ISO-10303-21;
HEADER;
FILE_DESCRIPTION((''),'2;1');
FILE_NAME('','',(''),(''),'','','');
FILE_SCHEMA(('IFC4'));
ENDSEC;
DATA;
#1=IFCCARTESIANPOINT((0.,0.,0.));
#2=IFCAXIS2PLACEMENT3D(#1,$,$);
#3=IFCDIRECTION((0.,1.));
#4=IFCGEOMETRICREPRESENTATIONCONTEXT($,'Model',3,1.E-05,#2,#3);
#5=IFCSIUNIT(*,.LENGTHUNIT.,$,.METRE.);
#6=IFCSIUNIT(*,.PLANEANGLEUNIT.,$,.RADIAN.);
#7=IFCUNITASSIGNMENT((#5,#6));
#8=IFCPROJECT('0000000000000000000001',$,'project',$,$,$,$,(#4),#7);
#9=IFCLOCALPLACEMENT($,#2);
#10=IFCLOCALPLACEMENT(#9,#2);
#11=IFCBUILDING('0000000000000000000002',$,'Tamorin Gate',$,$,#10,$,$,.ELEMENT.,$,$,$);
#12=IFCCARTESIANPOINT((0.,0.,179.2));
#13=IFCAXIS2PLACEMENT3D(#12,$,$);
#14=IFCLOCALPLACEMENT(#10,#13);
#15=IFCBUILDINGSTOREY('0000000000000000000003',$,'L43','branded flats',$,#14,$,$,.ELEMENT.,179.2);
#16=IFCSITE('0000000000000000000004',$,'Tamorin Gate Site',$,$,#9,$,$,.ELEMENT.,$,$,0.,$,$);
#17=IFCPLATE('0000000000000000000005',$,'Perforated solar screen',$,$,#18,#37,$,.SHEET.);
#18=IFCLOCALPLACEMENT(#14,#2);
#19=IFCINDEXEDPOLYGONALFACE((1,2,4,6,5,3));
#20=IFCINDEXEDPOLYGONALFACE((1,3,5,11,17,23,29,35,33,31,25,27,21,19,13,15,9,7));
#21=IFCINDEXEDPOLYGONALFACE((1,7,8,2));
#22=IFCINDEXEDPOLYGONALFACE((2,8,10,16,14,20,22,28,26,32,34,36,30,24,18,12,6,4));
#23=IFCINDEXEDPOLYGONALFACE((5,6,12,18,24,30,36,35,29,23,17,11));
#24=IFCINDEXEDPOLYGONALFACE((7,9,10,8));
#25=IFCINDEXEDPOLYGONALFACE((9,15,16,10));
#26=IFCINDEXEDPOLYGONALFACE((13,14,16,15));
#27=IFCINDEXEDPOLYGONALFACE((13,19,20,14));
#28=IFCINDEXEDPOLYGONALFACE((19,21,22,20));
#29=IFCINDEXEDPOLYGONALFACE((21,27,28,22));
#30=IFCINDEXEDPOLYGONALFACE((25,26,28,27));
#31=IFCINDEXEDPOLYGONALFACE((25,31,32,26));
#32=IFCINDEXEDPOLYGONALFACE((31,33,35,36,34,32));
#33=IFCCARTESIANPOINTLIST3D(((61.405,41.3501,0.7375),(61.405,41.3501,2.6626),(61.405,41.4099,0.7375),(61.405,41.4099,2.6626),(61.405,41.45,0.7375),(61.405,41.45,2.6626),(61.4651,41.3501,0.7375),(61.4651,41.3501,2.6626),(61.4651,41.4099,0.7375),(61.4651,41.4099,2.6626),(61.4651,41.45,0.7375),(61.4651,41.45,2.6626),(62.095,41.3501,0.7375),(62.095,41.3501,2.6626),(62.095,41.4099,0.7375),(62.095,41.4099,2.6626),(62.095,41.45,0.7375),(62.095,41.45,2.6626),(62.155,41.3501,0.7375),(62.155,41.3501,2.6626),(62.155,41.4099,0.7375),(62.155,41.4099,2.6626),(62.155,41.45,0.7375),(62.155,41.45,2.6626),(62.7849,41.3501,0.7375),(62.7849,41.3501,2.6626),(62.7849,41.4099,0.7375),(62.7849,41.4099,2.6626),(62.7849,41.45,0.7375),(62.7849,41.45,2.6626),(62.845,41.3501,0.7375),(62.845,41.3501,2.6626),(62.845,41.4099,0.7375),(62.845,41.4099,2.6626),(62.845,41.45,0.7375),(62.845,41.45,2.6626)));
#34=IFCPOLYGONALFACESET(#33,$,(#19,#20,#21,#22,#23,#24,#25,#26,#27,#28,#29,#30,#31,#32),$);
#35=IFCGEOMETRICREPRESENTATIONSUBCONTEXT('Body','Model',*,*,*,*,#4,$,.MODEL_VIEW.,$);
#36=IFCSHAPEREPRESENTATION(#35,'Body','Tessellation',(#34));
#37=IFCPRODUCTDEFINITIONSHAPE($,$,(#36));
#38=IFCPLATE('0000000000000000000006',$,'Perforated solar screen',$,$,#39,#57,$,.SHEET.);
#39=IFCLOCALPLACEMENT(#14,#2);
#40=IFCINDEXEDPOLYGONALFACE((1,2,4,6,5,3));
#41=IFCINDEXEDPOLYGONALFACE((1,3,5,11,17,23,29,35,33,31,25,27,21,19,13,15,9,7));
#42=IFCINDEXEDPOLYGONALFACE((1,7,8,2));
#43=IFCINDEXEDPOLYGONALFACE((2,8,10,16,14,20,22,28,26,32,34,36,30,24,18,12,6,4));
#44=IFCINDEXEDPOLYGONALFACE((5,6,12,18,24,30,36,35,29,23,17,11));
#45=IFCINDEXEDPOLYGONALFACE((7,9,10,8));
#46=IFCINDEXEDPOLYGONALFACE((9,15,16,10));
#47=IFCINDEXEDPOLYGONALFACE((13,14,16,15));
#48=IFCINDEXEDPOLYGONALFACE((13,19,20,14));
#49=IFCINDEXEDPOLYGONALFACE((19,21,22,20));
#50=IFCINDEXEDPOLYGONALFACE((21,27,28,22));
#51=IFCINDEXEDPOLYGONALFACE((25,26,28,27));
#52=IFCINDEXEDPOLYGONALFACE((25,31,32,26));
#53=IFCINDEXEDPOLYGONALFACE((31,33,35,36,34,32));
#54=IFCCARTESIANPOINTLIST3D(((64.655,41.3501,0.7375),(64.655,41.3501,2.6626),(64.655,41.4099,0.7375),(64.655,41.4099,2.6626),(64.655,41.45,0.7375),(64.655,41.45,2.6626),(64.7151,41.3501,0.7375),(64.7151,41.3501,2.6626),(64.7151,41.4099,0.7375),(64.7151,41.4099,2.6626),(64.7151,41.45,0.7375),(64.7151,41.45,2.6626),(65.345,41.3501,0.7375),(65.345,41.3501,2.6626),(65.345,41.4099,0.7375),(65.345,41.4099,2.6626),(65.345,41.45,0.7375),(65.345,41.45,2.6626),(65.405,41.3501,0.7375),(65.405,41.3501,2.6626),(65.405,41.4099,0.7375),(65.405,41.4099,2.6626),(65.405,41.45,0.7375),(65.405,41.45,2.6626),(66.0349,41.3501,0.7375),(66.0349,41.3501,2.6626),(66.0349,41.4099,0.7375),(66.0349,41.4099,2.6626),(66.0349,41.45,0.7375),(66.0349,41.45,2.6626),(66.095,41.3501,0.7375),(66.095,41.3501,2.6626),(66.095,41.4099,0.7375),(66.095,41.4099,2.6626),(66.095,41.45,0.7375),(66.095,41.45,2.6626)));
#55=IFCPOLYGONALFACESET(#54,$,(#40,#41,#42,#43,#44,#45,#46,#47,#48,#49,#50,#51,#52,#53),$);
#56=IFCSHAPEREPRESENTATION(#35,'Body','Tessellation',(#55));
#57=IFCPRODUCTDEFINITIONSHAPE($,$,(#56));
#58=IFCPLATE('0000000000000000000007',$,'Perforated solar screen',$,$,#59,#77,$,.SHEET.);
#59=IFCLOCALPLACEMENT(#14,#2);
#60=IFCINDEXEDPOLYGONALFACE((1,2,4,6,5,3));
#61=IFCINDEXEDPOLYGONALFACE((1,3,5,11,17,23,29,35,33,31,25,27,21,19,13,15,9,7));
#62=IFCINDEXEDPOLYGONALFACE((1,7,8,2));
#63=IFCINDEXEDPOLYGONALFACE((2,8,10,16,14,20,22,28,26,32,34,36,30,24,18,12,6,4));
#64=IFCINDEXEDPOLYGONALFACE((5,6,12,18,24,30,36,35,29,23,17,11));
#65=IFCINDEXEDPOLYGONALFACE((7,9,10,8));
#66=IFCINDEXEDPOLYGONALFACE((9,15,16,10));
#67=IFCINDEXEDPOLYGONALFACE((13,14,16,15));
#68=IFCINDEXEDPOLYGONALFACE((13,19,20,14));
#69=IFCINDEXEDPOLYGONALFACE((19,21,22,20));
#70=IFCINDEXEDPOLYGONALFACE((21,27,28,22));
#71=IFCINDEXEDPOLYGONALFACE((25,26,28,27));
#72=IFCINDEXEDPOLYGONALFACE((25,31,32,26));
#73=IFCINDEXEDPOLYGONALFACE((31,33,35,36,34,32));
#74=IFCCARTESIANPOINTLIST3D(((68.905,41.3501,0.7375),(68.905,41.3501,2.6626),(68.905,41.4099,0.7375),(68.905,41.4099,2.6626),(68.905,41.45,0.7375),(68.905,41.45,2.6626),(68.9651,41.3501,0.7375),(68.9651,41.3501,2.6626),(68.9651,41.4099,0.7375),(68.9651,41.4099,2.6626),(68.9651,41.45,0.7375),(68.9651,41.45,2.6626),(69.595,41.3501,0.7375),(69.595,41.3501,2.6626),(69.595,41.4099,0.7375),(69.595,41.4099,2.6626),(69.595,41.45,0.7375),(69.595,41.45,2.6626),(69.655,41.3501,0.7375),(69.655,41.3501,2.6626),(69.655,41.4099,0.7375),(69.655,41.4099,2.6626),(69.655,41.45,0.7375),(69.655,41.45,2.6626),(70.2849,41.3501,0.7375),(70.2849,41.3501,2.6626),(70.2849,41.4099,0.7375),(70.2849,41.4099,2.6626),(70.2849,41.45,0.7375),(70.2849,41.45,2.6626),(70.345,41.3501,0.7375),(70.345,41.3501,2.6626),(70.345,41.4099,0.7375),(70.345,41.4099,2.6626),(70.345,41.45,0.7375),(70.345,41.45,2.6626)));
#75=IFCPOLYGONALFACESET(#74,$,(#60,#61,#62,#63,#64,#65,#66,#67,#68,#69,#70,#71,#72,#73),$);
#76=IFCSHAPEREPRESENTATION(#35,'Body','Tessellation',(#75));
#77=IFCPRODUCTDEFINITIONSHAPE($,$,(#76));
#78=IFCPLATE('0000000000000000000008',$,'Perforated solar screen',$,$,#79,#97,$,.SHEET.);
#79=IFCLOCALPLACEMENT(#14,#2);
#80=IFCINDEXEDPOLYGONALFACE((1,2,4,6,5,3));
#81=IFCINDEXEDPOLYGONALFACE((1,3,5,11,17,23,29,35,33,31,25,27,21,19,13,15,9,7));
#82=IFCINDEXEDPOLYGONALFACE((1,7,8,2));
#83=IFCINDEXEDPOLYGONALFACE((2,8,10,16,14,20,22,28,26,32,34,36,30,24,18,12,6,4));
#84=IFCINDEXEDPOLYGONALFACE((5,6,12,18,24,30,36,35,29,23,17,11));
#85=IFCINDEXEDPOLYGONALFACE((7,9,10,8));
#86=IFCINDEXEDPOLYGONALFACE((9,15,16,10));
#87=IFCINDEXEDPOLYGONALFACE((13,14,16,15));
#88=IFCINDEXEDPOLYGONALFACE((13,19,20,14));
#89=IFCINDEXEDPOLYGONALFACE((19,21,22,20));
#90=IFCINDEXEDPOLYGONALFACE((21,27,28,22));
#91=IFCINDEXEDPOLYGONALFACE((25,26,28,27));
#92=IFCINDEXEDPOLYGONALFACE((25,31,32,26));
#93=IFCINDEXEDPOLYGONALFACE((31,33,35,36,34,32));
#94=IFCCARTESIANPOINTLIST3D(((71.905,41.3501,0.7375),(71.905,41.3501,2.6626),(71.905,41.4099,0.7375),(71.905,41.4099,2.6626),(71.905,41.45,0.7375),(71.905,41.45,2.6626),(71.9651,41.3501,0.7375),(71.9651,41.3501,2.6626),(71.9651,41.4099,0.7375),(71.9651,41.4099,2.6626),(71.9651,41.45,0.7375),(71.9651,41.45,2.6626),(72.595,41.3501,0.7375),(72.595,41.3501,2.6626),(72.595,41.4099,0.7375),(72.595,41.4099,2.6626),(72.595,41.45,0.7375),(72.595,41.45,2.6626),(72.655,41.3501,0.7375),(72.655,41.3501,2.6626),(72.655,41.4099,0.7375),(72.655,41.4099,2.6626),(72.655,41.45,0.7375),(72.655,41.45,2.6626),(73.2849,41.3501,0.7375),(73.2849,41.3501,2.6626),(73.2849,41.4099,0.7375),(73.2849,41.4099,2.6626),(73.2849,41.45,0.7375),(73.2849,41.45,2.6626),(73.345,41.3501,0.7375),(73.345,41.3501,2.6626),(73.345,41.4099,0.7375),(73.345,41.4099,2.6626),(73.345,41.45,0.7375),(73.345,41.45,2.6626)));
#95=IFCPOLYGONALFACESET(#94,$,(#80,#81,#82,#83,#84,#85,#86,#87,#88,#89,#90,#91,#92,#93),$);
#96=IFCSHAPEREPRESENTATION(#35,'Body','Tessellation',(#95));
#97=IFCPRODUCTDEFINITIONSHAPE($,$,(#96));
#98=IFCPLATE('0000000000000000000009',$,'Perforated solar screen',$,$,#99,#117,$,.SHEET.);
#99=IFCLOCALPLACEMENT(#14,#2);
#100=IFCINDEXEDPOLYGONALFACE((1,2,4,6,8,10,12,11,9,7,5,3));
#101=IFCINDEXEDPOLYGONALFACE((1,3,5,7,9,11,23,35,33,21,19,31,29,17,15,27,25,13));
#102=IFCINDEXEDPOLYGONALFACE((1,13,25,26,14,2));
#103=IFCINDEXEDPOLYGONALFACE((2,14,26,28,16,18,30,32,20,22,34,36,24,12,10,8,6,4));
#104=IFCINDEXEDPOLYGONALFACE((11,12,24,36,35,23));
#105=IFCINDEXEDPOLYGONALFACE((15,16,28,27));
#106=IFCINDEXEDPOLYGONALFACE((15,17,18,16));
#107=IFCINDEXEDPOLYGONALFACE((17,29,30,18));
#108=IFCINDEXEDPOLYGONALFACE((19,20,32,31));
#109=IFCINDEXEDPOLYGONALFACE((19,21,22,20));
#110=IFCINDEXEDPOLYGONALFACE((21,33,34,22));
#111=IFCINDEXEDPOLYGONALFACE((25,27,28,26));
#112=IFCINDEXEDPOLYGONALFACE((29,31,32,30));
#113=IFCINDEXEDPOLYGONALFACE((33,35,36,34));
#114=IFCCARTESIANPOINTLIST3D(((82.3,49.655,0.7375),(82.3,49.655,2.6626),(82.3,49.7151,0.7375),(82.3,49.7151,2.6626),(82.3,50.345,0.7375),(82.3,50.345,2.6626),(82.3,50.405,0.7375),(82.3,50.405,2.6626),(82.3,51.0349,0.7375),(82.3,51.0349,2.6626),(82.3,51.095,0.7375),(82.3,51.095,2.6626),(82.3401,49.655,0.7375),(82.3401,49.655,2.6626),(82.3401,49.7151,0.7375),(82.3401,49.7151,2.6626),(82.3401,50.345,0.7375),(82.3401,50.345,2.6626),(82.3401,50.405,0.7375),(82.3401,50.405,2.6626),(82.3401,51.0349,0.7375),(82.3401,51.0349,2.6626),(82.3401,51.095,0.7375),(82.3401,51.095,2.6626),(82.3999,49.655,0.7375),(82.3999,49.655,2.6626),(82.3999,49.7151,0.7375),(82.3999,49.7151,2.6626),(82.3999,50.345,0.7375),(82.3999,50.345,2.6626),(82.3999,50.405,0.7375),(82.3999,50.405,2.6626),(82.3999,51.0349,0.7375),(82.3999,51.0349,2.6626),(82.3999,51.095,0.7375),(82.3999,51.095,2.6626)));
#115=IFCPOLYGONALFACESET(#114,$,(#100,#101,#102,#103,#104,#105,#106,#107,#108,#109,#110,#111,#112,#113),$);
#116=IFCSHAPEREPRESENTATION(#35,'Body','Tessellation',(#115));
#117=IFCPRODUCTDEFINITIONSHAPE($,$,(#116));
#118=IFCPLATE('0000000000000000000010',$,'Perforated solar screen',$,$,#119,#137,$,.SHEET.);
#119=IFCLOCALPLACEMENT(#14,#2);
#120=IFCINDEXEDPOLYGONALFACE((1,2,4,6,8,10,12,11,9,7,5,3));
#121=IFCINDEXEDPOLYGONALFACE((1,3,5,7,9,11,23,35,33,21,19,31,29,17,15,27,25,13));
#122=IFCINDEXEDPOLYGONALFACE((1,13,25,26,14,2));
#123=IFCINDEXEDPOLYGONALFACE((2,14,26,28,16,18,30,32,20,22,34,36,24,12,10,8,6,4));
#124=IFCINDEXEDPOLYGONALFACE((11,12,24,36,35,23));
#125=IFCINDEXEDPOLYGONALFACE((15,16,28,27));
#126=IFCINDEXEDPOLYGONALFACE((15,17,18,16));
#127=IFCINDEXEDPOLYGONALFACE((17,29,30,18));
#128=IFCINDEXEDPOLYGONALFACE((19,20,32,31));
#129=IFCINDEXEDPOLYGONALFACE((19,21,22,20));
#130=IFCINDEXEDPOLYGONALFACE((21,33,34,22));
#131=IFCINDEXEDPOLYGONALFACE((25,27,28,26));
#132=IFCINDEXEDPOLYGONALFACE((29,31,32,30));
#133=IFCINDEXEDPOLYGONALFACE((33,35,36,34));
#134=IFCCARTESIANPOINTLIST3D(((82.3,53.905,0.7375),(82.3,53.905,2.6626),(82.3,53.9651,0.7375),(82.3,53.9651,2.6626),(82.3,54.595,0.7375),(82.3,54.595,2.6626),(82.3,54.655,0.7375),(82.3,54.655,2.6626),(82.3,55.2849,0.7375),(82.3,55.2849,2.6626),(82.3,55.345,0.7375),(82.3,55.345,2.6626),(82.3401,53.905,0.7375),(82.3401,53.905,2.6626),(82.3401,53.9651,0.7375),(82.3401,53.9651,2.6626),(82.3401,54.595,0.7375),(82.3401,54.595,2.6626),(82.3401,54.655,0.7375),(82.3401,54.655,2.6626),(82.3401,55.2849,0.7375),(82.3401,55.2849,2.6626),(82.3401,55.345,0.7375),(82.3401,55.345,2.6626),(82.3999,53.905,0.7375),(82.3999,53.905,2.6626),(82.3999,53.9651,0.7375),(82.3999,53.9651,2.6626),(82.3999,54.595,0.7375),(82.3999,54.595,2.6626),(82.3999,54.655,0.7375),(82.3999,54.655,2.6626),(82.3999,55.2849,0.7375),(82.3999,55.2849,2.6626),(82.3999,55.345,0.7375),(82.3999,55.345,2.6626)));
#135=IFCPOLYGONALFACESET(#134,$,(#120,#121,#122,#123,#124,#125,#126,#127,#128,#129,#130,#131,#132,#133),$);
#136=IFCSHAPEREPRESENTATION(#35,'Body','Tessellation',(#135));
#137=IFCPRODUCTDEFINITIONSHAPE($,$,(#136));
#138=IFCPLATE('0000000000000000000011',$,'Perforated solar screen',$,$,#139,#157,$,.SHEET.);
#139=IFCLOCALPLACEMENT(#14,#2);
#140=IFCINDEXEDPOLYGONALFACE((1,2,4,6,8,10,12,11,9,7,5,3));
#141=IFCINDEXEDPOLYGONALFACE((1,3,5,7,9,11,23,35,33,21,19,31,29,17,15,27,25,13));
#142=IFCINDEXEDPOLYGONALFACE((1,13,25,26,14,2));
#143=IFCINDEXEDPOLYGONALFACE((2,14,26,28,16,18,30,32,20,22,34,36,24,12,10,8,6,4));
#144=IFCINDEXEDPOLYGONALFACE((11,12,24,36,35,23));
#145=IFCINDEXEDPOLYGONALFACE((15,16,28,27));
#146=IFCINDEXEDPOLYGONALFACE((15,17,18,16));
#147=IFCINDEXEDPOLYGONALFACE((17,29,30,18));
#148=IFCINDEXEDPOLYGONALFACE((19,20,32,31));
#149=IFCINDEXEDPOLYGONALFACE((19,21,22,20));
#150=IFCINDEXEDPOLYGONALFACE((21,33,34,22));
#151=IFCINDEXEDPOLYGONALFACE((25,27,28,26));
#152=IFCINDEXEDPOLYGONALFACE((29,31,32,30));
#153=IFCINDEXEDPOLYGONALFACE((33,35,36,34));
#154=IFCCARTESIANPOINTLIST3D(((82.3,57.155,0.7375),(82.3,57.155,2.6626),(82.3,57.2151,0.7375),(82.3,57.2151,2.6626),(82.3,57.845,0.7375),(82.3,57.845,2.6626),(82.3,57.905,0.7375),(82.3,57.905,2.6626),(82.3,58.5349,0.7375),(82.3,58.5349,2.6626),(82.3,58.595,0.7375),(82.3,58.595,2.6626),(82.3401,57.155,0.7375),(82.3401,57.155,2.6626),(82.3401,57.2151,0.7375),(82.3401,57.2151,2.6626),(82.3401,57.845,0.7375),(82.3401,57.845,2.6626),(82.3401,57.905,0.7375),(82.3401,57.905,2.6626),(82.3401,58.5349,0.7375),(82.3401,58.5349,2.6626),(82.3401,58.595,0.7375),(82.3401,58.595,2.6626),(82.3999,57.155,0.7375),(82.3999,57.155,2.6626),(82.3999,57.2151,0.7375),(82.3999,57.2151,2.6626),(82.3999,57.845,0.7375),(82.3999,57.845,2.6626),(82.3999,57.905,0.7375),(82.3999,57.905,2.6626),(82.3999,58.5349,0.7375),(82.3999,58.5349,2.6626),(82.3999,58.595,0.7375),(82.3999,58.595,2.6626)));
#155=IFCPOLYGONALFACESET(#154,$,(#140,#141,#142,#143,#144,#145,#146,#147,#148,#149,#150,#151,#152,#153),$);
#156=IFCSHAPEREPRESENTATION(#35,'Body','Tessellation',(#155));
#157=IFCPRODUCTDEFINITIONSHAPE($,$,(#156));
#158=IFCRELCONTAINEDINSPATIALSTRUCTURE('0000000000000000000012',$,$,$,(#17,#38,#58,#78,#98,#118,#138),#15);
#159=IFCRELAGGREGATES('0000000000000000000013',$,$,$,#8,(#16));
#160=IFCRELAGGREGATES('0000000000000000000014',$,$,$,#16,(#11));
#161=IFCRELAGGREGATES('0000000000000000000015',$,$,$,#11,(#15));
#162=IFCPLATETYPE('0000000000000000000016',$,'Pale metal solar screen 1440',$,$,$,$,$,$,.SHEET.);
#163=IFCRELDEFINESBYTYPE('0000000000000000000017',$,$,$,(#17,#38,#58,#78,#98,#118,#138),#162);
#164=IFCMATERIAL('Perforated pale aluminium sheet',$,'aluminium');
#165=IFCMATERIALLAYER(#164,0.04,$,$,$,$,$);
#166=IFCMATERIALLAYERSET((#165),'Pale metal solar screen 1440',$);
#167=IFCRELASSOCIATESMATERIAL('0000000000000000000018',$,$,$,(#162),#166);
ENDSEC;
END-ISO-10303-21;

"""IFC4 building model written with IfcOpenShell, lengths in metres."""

from ifc_helpers import new_model, si_unit, direction, frame, origin, place, context, subcontext, project, spatial, polyline, outline, extrude, material, layer, layer_set, type_object, element, save


model = new_model("IFC4")

# Units and contexts
model_context = context("Model", 3, precision=1e-05, world=origin(), true_north=direction((0.0, 1.0)))
body_context = subcontext(model_context, "Body", "Model", "MODEL_VIEW")
ifc_project = project(units=[si_unit("LENGTHUNIT", "METRE"), si_unit("PLANEANGLEUNIT", "RADIAN")], contexts=[model_context])

# Site, building, storey
site_placement = place(None, origin())
site = spatial("IfcSite", under=ifc_project, at=site_placement, Name="Tamorin Gate Site", CompositionType="ELEMENT", RefElevation=0.0)
building_placement = place(site_placement, origin())
building = spatial("IfcBuilding", under=site, at=building_placement, Name="Tamorin Gate", CompositionType="ELEMENT")
storey_placement = place(building_placement, frame((0.0, 0.0, 179.2)))
storey = spatial("IfcBuildingStorey", under=building, at=storey_placement, Name="L43", Description="branded flats", CompositionType="ELEMENT", Elevation=179.2)

# Plates
ifc_material_1 = material(Name="Perforated pale aluminium sheet", Category="aluminium")
ifc_layer_1 = layer(ifc_material_1, 0.04)
ifc_layer_set_1 = layer_set([ifc_layer_1], Name="Pale metal solar screen 1440")
plate_type_1 = type_object("IfcPlateType", Name="Pale metal solar screen 1440", PredefinedType="SHEET", material=ifc_layer_set_1)
plate_1_placement = place(storey_placement, frame((0.0, 0.0, 0.7375)))
element("IfcPlate", 1, at=plate_1_placement, inside=storey, type_object=plate_type_1, Name="Perforated solar screen", PredefinedType="SHEET", context=body_context, shape_type="SweptSolid", body=[
    extrude(outline(polyline([(61.405, 41.4099), (61.405, 41.45), (61.4651, 41.45), (62.095, 41.45), (62.155, 41.45), (62.7849, 41.45), (62.845, 41.45), (62.845, 41.4099), (62.845, 41.3501), (62.7849, 41.3501), (62.7849, 41.4099), (62.155, 41.4099), (62.155, 41.3501), (62.095, 41.3501), (62.095, 41.4099), (61.4651, 41.4099), (61.4651, 41.3501), (61.405, 41.3501), (61.405, 41.4099)])), origin(), (0.0, 0.0, 1.0), 1.925),
])
plate_2_placement = place(storey_placement, frame((0.0, 0.0, 0.7375)))
element("IfcPlate", 2, at=plate_2_placement, inside=storey, type_object=plate_type_1, Name="Perforated solar screen", PredefinedType="SHEET", context=body_context, shape_type="SweptSolid", body=[
    extrude(outline(polyline([(64.655, 41.4099), (64.655, 41.45), (64.7151, 41.45), (65.345, 41.45), (65.405, 41.45), (66.0349, 41.45), (66.095, 41.45), (66.095, 41.4099), (66.095, 41.3501), (66.0349, 41.3501), (66.0349, 41.4099), (65.405, 41.4099), (65.405, 41.3501), (65.345, 41.3501), (65.345, 41.4099), (64.7151, 41.4099), (64.7151, 41.3501), (64.655, 41.3501), (64.655, 41.4099)])), origin(), (0.0, 0.0, 1.0), 1.925),
])
plate_3_placement = place(storey_placement, frame((0.0, 0.0, 0.7375)))
element("IfcPlate", 3, at=plate_3_placement, inside=storey, type_object=plate_type_1, Name="Perforated solar screen", PredefinedType="SHEET", context=body_context, shape_type="SweptSolid", body=[
    extrude(outline(polyline([(68.905, 41.4099), (68.905, 41.45), (68.9651, 41.45), (69.595, 41.45), (69.655, 41.45), (70.2849, 41.45), (70.345, 41.45), (70.345, 41.4099), (70.345, 41.3501), (70.2849, 41.3501), (70.2849, 41.4099), (69.655, 41.4099), (69.655, 41.3501), (69.595, 41.3501), (69.595, 41.4099), (68.9651, 41.4099), (68.9651, 41.3501), (68.905, 41.3501), (68.905, 41.4099)])), origin(), (0.0, 0.0, 1.0), 1.925),
])
plate_4_placement = place(storey_placement, frame((0.0, 0.0, 0.7375)))
element("IfcPlate", 4, at=plate_4_placement, inside=storey, type_object=plate_type_1, Name="Perforated solar screen", PredefinedType="SHEET", context=body_context, shape_type="SweptSolid", body=[
    extrude(outline(polyline([(71.905, 41.4099), (71.905, 41.45), (71.9651, 41.45), (72.595, 41.45), (72.655, 41.45), (73.2849, 41.45), (73.345, 41.45), (73.345, 41.4099), (73.345, 41.3501), (73.2849, 41.3501), (73.2849, 41.4099), (72.655, 41.4099), (72.655, 41.3501), (72.595, 41.3501), (72.595, 41.4099), (71.9651, 41.4099), (71.9651, 41.3501), (71.905, 41.3501), (71.905, 41.4099)])), origin(), (0.0, 0.0, 1.0), 1.925),
])
plate_5_placement = place(storey_placement, frame((0.0, 0.0, 0.7375)))
element("IfcPlate", 5, at=plate_5_placement, inside=storey, type_object=plate_type_1, Name="Perforated solar screen", PredefinedType="SHEET", context=body_context, shape_type="SweptSolid", body=[
    extrude(outline(polyline([(82.3401, 49.655), (82.3, 49.655), (82.3, 49.7151), (82.3, 50.345), (82.3, 50.405), (82.3, 51.0349), (82.3, 51.095), (82.3, 51.095), (82.3401, 51.095), (82.3401, 51.095), (82.3999, 51.095), (82.3999, 51.0349), (82.3401, 51.0349), (82.3401, 50.405), (82.3999, 50.405), (82.3999, 50.345), (82.3401, 50.345), (82.3401, 49.7151), (82.3999, 49.7151), (82.3999, 49.655), (82.3401, 49.655)])), origin(), (0.0, 0.0, 1.0), 1.925),
])
plate_6_placement = place(storey_placement, frame((0.0, 0.0, 0.7375)))
element("IfcPlate", 6, at=plate_6_placement, inside=storey, type_object=plate_type_1, Name="Perforated solar screen", PredefinedType="SHEET", context=body_context, shape_type="SweptSolid", body=[
    extrude(outline(polyline([(82.3401, 53.905), (82.3, 53.905), (82.3, 53.9651), (82.3, 54.595), (82.3, 54.655), (82.3, 55.2849), (82.3, 55.345), (82.3401, 55.345), (82.3999, 55.345), (82.3999, 55.2849), (82.3401, 55.2849), (82.3401, 54.655), (82.3999, 54.655), (82.3999, 54.595), (82.3401, 54.595), (82.3401, 53.9651), (82.3999, 53.9651), (82.3999, 53.905), (82.3401, 53.905)])), origin(), (0.0, 0.0, 1.0), 1.925),
])
plate_7_placement = place(storey_placement, frame((0.0, 0.0, 0.7375)))
element("IfcPlate", 7, at=plate_7_placement, inside=storey, type_object=plate_type_1, Name="Perforated solar screen", PredefinedType="SHEET", context=body_context, shape_type="SweptSolid", body=[
    extrude(outline(polyline([(82.3401, 57.155), (82.3, 57.155), (82.3, 57.2151), (82.3, 57.845), (82.3, 57.905), (82.3, 58.5349), (82.3, 58.595), (82.3401, 58.595), (82.3999, 58.595), (82.3999, 58.5349), (82.3401, 58.5349), (82.3401, 57.905), (82.3999, 57.905), (82.3999, 57.845), (82.3401, 57.845), (82.3401, 57.2151), (82.3999, 57.2151), (82.3999, 57.155), (82.3401, 57.155)])), origin(), (0.0, 0.0, 1.0), 1.925),
])

save(model, "model.ifc")
